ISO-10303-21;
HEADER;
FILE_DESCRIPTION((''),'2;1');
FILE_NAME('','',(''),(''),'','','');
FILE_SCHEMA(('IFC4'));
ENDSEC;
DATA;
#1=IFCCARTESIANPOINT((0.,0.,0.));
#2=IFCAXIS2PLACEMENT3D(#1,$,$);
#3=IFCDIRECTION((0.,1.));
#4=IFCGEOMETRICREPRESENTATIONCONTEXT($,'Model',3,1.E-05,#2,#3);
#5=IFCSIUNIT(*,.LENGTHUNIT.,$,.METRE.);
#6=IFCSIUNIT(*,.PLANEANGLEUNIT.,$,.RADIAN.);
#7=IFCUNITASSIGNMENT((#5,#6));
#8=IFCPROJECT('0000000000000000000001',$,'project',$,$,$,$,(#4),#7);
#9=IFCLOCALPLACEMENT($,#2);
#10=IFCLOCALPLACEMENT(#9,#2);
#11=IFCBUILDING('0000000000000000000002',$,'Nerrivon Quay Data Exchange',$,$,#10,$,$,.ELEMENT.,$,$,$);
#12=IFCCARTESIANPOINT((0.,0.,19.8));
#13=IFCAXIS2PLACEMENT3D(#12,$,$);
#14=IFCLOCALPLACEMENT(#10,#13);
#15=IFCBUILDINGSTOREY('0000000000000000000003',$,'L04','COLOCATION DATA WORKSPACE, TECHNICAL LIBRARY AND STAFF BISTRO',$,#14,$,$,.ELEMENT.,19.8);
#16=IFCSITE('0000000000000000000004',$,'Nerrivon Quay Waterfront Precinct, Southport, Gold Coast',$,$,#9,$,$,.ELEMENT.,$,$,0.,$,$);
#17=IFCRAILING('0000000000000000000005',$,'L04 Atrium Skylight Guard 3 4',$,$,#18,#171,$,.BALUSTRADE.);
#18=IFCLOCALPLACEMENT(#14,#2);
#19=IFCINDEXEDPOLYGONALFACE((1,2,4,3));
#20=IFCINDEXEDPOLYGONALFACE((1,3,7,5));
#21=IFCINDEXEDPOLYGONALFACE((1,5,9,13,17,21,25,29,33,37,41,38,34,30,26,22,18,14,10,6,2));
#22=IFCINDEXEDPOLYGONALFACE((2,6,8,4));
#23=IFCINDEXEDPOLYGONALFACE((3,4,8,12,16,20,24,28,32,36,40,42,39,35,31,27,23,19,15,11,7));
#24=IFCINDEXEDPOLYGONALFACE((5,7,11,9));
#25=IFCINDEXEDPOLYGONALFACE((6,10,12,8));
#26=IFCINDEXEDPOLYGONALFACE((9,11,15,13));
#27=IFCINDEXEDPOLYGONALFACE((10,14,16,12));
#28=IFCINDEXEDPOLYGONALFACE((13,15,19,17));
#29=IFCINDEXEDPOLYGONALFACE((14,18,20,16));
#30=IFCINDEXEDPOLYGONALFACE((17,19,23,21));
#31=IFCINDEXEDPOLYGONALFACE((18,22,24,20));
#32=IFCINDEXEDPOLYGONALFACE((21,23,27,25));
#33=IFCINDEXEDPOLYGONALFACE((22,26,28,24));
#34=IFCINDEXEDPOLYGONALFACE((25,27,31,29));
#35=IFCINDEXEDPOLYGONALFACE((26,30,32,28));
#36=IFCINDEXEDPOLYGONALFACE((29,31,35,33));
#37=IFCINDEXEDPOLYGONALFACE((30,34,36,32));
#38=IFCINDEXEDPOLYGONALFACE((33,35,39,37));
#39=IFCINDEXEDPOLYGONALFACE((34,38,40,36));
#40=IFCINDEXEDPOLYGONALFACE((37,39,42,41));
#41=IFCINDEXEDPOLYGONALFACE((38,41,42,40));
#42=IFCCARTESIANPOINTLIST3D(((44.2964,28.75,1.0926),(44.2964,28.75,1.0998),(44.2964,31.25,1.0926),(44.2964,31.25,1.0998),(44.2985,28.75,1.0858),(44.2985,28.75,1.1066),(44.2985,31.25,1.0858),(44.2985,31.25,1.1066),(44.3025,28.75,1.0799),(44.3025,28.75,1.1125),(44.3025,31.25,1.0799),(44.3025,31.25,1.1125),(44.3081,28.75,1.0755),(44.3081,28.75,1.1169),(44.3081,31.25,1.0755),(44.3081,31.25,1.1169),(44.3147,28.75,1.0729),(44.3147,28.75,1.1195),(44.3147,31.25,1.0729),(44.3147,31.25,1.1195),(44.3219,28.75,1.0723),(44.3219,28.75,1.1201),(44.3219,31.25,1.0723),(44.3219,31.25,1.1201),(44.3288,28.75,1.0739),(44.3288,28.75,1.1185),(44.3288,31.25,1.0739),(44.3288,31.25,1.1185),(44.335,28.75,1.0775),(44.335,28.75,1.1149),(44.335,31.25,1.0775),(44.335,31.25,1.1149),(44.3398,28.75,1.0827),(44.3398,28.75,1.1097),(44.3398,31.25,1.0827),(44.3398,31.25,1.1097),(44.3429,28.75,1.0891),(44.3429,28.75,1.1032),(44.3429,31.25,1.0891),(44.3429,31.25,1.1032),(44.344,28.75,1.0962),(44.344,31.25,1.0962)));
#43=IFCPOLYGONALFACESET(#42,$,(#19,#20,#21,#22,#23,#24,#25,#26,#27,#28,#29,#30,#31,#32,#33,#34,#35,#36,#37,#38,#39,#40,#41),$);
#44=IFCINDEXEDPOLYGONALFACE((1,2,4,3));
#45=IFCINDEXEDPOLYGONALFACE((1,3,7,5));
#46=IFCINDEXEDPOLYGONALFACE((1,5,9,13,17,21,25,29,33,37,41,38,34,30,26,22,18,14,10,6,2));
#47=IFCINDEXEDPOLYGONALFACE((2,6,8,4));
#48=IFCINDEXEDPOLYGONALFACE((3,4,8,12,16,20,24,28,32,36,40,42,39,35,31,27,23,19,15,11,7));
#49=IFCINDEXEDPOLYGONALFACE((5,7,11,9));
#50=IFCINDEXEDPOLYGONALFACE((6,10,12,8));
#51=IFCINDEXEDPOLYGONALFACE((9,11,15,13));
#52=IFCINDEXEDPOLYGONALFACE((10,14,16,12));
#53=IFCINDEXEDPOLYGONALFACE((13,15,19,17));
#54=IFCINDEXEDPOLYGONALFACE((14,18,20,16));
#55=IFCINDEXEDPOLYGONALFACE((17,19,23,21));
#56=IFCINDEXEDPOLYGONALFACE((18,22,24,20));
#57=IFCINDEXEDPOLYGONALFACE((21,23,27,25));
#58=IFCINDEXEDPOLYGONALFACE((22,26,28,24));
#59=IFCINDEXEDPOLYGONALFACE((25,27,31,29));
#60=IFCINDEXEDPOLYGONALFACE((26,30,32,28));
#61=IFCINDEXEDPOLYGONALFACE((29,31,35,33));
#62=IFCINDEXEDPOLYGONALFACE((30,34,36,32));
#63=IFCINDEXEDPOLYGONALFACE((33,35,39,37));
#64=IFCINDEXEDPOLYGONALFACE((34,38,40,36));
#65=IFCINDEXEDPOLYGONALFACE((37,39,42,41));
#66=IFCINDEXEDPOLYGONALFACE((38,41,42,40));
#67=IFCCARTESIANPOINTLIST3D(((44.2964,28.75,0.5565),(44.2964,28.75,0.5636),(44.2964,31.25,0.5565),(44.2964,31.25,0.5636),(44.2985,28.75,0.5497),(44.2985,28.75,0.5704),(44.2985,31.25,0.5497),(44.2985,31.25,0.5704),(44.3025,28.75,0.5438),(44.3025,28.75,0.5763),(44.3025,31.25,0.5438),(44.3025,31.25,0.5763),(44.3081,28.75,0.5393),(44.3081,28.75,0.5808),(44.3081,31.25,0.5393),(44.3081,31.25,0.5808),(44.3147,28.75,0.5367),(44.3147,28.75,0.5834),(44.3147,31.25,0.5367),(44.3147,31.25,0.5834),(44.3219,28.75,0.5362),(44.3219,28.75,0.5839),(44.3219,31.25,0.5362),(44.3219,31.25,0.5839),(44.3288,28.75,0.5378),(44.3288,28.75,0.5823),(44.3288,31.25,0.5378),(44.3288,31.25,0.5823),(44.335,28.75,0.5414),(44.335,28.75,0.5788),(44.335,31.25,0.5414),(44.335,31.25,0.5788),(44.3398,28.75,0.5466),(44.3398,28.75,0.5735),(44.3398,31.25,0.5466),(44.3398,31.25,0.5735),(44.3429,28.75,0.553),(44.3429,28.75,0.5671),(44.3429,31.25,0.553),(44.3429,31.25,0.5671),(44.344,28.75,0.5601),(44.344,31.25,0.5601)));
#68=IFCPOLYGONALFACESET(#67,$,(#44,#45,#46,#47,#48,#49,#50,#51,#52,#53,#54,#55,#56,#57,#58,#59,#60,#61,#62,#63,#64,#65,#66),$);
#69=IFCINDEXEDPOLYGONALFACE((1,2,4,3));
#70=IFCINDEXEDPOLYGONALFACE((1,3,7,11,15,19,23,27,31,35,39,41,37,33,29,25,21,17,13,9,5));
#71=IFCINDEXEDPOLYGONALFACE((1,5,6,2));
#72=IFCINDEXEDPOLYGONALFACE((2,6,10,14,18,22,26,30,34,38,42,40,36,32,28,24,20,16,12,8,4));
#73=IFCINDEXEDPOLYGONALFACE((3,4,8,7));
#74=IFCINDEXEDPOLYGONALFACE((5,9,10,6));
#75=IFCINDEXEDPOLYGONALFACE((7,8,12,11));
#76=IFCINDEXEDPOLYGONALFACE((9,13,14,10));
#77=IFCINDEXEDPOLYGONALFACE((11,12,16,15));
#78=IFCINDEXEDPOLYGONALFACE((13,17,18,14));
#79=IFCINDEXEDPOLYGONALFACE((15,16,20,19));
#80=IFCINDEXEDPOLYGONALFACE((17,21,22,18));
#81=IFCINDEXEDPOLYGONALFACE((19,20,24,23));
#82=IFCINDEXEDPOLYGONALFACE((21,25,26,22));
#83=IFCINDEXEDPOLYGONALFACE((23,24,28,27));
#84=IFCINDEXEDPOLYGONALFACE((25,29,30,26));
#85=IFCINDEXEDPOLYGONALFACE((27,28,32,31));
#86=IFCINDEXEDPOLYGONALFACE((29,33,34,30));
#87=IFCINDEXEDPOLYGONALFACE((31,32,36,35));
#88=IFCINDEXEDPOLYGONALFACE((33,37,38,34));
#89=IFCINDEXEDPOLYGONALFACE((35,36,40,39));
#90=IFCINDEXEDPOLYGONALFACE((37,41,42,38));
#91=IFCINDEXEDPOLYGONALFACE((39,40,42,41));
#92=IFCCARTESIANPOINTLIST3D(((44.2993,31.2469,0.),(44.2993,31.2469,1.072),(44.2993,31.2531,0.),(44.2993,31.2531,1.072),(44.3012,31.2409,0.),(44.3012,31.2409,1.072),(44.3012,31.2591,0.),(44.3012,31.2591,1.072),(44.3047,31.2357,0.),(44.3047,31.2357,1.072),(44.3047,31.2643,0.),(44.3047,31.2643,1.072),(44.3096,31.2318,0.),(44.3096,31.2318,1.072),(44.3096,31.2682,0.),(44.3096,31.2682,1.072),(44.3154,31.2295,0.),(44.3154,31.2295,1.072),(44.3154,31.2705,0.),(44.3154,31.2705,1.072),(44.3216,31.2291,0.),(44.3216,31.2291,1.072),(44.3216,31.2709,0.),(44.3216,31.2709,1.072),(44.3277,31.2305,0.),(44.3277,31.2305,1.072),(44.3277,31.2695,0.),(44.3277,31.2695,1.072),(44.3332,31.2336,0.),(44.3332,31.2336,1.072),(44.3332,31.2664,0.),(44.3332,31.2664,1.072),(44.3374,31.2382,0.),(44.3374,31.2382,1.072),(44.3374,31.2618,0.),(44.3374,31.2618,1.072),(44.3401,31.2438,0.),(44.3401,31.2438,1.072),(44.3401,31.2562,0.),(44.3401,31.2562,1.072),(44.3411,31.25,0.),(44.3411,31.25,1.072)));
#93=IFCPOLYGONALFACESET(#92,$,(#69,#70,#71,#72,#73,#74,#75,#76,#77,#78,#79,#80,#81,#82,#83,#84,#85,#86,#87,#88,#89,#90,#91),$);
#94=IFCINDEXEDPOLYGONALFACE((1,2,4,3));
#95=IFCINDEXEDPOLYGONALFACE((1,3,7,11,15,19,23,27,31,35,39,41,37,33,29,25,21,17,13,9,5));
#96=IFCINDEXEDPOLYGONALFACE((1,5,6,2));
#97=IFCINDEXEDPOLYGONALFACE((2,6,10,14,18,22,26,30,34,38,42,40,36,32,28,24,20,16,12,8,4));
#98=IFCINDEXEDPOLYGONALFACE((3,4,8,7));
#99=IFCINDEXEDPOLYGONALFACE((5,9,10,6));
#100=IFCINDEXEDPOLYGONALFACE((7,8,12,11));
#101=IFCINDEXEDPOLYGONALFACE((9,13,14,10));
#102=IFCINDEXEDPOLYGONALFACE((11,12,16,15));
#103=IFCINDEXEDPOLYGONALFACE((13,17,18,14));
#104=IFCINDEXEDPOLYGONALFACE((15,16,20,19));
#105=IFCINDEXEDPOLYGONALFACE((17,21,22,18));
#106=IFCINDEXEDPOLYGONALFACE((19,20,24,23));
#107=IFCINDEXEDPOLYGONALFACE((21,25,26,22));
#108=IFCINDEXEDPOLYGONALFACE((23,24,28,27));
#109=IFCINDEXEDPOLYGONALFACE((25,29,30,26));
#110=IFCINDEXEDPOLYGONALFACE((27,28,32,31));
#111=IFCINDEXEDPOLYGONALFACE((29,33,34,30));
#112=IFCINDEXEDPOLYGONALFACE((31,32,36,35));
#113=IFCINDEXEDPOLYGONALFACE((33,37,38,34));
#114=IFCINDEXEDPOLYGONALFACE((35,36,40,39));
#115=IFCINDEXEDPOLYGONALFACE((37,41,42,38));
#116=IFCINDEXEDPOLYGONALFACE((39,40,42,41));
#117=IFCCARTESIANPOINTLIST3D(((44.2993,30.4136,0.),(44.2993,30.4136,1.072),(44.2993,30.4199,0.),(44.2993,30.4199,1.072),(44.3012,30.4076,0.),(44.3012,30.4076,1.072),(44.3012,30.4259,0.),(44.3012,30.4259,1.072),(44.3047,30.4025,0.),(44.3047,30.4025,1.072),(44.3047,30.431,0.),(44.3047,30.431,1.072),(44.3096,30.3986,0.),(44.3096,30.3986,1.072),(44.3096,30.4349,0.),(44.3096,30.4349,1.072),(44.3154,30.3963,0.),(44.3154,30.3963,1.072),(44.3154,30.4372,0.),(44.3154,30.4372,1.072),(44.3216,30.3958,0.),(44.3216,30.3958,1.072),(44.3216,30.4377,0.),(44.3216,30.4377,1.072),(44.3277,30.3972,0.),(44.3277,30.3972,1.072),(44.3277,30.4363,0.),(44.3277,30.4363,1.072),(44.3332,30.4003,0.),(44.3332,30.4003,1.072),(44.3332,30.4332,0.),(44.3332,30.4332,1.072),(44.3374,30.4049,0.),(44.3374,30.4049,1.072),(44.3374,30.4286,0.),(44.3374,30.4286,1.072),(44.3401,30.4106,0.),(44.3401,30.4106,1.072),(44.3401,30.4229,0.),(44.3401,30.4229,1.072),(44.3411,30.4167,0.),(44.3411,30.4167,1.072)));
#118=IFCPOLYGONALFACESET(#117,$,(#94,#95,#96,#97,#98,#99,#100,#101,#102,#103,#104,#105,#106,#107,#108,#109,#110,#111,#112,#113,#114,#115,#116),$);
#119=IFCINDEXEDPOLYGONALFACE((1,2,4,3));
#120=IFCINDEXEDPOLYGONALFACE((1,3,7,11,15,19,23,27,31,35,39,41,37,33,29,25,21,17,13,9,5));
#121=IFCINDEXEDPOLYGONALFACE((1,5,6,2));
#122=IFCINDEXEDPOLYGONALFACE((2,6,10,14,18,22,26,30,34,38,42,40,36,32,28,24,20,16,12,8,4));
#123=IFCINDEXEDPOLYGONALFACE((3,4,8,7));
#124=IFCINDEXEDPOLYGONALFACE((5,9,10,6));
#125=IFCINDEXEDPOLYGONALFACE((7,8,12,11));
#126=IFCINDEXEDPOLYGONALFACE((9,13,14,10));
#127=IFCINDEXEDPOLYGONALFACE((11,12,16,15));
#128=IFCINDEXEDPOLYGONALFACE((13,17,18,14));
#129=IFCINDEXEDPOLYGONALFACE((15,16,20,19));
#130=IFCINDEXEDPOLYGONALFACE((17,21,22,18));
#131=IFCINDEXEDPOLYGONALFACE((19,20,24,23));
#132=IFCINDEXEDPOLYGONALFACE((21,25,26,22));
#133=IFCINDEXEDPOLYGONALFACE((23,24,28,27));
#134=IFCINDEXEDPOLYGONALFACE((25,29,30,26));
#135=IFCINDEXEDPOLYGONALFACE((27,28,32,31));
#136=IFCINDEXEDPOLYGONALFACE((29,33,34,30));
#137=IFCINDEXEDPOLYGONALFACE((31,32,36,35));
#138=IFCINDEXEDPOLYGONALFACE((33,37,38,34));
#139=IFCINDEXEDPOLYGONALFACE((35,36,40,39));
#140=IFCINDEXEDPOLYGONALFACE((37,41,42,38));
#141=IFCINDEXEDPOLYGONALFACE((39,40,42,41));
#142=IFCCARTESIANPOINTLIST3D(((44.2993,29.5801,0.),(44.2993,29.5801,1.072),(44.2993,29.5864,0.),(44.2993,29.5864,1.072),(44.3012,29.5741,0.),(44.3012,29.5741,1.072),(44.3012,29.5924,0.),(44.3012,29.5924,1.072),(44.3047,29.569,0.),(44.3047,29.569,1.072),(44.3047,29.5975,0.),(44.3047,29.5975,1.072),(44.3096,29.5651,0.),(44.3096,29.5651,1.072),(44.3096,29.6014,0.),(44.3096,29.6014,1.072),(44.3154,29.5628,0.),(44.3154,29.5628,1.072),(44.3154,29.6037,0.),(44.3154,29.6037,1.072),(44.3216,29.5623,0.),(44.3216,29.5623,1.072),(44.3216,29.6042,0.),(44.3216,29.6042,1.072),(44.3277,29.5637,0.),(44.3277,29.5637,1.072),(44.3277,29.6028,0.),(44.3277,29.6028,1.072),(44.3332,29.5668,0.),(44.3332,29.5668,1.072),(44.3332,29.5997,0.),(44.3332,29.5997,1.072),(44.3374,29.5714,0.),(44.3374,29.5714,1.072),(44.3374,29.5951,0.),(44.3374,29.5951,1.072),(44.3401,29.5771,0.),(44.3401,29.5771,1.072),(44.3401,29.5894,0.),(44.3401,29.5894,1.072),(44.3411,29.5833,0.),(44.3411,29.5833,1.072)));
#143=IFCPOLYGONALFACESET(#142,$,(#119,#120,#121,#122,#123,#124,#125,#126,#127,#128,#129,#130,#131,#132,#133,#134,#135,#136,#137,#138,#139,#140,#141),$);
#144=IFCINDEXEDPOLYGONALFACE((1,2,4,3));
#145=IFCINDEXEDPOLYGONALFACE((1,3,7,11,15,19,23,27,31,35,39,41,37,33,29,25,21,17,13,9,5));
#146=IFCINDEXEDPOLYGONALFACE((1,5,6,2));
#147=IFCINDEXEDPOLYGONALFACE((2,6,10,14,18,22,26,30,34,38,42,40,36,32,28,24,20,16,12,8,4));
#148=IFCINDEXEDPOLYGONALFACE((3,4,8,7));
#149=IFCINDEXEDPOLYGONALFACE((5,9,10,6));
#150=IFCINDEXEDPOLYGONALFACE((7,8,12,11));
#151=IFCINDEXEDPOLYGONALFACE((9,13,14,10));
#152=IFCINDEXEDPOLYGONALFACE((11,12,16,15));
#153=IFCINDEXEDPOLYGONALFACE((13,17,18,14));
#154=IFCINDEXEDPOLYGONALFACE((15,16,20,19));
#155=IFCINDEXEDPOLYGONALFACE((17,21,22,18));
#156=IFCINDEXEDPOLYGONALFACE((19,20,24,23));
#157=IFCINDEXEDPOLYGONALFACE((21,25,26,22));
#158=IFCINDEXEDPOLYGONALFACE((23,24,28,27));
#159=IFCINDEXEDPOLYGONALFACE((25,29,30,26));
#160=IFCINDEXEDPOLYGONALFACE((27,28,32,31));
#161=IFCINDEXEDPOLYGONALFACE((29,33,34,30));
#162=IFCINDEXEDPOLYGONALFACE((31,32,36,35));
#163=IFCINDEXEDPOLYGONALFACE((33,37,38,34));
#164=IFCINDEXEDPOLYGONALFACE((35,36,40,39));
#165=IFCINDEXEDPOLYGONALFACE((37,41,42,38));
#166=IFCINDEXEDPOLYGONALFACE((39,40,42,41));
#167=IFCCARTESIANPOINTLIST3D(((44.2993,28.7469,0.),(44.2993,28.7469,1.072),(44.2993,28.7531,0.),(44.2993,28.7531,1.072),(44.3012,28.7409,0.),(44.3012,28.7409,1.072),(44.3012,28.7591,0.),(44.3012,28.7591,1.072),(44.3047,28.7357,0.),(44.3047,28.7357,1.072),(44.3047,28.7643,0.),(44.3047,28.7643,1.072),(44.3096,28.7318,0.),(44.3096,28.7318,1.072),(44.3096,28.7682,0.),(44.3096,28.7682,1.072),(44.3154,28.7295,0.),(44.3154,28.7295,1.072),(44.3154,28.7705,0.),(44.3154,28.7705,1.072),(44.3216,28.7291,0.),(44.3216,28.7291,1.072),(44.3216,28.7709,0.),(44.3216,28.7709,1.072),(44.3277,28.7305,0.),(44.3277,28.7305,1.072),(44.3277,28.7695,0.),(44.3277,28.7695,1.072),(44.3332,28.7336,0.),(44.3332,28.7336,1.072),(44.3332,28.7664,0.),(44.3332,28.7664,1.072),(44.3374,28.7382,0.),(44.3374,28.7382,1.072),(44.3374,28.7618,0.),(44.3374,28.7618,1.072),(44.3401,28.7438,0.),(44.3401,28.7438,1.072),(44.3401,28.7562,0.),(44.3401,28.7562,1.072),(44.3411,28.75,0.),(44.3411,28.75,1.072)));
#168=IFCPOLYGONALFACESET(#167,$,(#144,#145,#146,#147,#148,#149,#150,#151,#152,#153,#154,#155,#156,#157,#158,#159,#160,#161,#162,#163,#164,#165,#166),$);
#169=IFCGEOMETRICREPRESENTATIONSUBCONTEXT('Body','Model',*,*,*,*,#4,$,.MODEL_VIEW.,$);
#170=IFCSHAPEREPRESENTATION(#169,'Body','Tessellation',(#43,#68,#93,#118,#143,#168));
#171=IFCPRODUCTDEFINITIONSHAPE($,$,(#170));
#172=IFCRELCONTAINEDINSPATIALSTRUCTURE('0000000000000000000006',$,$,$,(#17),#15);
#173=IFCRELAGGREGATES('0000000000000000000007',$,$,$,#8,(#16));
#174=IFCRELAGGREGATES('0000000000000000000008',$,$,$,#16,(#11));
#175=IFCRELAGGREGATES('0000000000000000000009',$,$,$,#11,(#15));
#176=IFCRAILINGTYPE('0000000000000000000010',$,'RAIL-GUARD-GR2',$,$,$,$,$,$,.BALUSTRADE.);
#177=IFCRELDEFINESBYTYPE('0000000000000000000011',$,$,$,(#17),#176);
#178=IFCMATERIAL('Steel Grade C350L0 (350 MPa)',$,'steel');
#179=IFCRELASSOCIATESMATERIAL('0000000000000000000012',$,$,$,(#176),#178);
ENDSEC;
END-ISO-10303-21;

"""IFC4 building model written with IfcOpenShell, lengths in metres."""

from ifc_helpers import new_model, si_unit, direction, frame, origin, origin_2d, place, context, subcontext, project, spatial, circle, extrude, material, type_object, element, save


model = new_model("IFC4")

# Units and contexts
model_context = context("Model", 3, precision=1e-05, world=origin(), true_north=direction((0.0, 1.0)))
body_context = subcontext(model_context, "Body", "Model", "MODEL_VIEW")
ifc_project = project(units=[si_unit("LENGTHUNIT", "METRE"), si_unit("PLANEANGLEUNIT", "RADIAN")], contexts=[model_context])

# Site, building, storey
site_placement = place(None, origin())
site = spatial("IfcSite", under=ifc_project, at=site_placement, Name="Nerrivon Quay Waterfront Precinct, Southport, Gold Coast", CompositionType="ELEMENT", RefElevation=0.0)
building_placement = place(site_placement, origin())
building = spatial("IfcBuilding", under=site, at=building_placement, Name="Nerrivon Quay Data Exchange", CompositionType="ELEMENT")
storey_placement = place(building_placement, frame((0.0, 0.0, 19.8)))
storey = spatial("IfcBuildingStorey", under=building, at=storey_placement, Name="L04", Description="COLOCATION DATA WORKSPACE, TECHNICAL LIBRARY AND STAFF BISTRO", CompositionType="ELEMENT", Elevation=19.8)

# Railing
ifc_material_1 = material(Name="Steel Grade C350L0 (350 MPa)", Category="steel")
railing_type = type_object("IfcRailingType", Name="RAIL-GUARD-GR2", PredefinedType="BALUSTRADE", material=ifc_material_1)
railing_1_placement = place(storey_placement, frame((44.3201, 31.25, 0.0)))
element("IfcRailing", 1, at=railing_1_placement, inside=storey, type_object=railing_type, Name="L04 Atrium Skylight Guard 3 4", PredefinedType="BALUSTRADE", context=body_context, shape_type="SweptSolid", body=[
    extrude(circle(Radius=0.0239, at=origin_2d()), frame((0.0, 0.0, 1.0962), z_axis=(0.0, -1.0, 0.0), x_axis=(1.0, 0.0, 0.0)), (0.0, 0.0, 1.0), 2.5),
    extrude(circle(Radius=0.0239, at=origin_2d()), frame((0.0, 0.0, 0.5601), z_axis=(0.0, -1.0, 0.0), x_axis=(1.0, 0.0, 0.0)), (0.0, 0.0, 1.0), 2.5),
    extrude(circle(Radius=0.021, at=origin_2d()), origin(), (0.0, 0.0, 1.0), 1.072),
    extrude(circle(Radius=0.021, at=origin_2d()), frame((0.0, -0.8333, 0.0)), (0.0, 0.0, 1.0), 1.072),
    extrude(circle(Radius=0.021, at=origin_2d()), frame((0.0, -1.6667, 0.0)), (0.0, 0.0, 1.0), 1.072),
    extrude(circle(Radius=0.021, at=origin_2d()), frame((0.0, -2.5, 0.0)), (0.0, 0.0, 1.0), 1.072),
])

save(model, "model.ifc")
